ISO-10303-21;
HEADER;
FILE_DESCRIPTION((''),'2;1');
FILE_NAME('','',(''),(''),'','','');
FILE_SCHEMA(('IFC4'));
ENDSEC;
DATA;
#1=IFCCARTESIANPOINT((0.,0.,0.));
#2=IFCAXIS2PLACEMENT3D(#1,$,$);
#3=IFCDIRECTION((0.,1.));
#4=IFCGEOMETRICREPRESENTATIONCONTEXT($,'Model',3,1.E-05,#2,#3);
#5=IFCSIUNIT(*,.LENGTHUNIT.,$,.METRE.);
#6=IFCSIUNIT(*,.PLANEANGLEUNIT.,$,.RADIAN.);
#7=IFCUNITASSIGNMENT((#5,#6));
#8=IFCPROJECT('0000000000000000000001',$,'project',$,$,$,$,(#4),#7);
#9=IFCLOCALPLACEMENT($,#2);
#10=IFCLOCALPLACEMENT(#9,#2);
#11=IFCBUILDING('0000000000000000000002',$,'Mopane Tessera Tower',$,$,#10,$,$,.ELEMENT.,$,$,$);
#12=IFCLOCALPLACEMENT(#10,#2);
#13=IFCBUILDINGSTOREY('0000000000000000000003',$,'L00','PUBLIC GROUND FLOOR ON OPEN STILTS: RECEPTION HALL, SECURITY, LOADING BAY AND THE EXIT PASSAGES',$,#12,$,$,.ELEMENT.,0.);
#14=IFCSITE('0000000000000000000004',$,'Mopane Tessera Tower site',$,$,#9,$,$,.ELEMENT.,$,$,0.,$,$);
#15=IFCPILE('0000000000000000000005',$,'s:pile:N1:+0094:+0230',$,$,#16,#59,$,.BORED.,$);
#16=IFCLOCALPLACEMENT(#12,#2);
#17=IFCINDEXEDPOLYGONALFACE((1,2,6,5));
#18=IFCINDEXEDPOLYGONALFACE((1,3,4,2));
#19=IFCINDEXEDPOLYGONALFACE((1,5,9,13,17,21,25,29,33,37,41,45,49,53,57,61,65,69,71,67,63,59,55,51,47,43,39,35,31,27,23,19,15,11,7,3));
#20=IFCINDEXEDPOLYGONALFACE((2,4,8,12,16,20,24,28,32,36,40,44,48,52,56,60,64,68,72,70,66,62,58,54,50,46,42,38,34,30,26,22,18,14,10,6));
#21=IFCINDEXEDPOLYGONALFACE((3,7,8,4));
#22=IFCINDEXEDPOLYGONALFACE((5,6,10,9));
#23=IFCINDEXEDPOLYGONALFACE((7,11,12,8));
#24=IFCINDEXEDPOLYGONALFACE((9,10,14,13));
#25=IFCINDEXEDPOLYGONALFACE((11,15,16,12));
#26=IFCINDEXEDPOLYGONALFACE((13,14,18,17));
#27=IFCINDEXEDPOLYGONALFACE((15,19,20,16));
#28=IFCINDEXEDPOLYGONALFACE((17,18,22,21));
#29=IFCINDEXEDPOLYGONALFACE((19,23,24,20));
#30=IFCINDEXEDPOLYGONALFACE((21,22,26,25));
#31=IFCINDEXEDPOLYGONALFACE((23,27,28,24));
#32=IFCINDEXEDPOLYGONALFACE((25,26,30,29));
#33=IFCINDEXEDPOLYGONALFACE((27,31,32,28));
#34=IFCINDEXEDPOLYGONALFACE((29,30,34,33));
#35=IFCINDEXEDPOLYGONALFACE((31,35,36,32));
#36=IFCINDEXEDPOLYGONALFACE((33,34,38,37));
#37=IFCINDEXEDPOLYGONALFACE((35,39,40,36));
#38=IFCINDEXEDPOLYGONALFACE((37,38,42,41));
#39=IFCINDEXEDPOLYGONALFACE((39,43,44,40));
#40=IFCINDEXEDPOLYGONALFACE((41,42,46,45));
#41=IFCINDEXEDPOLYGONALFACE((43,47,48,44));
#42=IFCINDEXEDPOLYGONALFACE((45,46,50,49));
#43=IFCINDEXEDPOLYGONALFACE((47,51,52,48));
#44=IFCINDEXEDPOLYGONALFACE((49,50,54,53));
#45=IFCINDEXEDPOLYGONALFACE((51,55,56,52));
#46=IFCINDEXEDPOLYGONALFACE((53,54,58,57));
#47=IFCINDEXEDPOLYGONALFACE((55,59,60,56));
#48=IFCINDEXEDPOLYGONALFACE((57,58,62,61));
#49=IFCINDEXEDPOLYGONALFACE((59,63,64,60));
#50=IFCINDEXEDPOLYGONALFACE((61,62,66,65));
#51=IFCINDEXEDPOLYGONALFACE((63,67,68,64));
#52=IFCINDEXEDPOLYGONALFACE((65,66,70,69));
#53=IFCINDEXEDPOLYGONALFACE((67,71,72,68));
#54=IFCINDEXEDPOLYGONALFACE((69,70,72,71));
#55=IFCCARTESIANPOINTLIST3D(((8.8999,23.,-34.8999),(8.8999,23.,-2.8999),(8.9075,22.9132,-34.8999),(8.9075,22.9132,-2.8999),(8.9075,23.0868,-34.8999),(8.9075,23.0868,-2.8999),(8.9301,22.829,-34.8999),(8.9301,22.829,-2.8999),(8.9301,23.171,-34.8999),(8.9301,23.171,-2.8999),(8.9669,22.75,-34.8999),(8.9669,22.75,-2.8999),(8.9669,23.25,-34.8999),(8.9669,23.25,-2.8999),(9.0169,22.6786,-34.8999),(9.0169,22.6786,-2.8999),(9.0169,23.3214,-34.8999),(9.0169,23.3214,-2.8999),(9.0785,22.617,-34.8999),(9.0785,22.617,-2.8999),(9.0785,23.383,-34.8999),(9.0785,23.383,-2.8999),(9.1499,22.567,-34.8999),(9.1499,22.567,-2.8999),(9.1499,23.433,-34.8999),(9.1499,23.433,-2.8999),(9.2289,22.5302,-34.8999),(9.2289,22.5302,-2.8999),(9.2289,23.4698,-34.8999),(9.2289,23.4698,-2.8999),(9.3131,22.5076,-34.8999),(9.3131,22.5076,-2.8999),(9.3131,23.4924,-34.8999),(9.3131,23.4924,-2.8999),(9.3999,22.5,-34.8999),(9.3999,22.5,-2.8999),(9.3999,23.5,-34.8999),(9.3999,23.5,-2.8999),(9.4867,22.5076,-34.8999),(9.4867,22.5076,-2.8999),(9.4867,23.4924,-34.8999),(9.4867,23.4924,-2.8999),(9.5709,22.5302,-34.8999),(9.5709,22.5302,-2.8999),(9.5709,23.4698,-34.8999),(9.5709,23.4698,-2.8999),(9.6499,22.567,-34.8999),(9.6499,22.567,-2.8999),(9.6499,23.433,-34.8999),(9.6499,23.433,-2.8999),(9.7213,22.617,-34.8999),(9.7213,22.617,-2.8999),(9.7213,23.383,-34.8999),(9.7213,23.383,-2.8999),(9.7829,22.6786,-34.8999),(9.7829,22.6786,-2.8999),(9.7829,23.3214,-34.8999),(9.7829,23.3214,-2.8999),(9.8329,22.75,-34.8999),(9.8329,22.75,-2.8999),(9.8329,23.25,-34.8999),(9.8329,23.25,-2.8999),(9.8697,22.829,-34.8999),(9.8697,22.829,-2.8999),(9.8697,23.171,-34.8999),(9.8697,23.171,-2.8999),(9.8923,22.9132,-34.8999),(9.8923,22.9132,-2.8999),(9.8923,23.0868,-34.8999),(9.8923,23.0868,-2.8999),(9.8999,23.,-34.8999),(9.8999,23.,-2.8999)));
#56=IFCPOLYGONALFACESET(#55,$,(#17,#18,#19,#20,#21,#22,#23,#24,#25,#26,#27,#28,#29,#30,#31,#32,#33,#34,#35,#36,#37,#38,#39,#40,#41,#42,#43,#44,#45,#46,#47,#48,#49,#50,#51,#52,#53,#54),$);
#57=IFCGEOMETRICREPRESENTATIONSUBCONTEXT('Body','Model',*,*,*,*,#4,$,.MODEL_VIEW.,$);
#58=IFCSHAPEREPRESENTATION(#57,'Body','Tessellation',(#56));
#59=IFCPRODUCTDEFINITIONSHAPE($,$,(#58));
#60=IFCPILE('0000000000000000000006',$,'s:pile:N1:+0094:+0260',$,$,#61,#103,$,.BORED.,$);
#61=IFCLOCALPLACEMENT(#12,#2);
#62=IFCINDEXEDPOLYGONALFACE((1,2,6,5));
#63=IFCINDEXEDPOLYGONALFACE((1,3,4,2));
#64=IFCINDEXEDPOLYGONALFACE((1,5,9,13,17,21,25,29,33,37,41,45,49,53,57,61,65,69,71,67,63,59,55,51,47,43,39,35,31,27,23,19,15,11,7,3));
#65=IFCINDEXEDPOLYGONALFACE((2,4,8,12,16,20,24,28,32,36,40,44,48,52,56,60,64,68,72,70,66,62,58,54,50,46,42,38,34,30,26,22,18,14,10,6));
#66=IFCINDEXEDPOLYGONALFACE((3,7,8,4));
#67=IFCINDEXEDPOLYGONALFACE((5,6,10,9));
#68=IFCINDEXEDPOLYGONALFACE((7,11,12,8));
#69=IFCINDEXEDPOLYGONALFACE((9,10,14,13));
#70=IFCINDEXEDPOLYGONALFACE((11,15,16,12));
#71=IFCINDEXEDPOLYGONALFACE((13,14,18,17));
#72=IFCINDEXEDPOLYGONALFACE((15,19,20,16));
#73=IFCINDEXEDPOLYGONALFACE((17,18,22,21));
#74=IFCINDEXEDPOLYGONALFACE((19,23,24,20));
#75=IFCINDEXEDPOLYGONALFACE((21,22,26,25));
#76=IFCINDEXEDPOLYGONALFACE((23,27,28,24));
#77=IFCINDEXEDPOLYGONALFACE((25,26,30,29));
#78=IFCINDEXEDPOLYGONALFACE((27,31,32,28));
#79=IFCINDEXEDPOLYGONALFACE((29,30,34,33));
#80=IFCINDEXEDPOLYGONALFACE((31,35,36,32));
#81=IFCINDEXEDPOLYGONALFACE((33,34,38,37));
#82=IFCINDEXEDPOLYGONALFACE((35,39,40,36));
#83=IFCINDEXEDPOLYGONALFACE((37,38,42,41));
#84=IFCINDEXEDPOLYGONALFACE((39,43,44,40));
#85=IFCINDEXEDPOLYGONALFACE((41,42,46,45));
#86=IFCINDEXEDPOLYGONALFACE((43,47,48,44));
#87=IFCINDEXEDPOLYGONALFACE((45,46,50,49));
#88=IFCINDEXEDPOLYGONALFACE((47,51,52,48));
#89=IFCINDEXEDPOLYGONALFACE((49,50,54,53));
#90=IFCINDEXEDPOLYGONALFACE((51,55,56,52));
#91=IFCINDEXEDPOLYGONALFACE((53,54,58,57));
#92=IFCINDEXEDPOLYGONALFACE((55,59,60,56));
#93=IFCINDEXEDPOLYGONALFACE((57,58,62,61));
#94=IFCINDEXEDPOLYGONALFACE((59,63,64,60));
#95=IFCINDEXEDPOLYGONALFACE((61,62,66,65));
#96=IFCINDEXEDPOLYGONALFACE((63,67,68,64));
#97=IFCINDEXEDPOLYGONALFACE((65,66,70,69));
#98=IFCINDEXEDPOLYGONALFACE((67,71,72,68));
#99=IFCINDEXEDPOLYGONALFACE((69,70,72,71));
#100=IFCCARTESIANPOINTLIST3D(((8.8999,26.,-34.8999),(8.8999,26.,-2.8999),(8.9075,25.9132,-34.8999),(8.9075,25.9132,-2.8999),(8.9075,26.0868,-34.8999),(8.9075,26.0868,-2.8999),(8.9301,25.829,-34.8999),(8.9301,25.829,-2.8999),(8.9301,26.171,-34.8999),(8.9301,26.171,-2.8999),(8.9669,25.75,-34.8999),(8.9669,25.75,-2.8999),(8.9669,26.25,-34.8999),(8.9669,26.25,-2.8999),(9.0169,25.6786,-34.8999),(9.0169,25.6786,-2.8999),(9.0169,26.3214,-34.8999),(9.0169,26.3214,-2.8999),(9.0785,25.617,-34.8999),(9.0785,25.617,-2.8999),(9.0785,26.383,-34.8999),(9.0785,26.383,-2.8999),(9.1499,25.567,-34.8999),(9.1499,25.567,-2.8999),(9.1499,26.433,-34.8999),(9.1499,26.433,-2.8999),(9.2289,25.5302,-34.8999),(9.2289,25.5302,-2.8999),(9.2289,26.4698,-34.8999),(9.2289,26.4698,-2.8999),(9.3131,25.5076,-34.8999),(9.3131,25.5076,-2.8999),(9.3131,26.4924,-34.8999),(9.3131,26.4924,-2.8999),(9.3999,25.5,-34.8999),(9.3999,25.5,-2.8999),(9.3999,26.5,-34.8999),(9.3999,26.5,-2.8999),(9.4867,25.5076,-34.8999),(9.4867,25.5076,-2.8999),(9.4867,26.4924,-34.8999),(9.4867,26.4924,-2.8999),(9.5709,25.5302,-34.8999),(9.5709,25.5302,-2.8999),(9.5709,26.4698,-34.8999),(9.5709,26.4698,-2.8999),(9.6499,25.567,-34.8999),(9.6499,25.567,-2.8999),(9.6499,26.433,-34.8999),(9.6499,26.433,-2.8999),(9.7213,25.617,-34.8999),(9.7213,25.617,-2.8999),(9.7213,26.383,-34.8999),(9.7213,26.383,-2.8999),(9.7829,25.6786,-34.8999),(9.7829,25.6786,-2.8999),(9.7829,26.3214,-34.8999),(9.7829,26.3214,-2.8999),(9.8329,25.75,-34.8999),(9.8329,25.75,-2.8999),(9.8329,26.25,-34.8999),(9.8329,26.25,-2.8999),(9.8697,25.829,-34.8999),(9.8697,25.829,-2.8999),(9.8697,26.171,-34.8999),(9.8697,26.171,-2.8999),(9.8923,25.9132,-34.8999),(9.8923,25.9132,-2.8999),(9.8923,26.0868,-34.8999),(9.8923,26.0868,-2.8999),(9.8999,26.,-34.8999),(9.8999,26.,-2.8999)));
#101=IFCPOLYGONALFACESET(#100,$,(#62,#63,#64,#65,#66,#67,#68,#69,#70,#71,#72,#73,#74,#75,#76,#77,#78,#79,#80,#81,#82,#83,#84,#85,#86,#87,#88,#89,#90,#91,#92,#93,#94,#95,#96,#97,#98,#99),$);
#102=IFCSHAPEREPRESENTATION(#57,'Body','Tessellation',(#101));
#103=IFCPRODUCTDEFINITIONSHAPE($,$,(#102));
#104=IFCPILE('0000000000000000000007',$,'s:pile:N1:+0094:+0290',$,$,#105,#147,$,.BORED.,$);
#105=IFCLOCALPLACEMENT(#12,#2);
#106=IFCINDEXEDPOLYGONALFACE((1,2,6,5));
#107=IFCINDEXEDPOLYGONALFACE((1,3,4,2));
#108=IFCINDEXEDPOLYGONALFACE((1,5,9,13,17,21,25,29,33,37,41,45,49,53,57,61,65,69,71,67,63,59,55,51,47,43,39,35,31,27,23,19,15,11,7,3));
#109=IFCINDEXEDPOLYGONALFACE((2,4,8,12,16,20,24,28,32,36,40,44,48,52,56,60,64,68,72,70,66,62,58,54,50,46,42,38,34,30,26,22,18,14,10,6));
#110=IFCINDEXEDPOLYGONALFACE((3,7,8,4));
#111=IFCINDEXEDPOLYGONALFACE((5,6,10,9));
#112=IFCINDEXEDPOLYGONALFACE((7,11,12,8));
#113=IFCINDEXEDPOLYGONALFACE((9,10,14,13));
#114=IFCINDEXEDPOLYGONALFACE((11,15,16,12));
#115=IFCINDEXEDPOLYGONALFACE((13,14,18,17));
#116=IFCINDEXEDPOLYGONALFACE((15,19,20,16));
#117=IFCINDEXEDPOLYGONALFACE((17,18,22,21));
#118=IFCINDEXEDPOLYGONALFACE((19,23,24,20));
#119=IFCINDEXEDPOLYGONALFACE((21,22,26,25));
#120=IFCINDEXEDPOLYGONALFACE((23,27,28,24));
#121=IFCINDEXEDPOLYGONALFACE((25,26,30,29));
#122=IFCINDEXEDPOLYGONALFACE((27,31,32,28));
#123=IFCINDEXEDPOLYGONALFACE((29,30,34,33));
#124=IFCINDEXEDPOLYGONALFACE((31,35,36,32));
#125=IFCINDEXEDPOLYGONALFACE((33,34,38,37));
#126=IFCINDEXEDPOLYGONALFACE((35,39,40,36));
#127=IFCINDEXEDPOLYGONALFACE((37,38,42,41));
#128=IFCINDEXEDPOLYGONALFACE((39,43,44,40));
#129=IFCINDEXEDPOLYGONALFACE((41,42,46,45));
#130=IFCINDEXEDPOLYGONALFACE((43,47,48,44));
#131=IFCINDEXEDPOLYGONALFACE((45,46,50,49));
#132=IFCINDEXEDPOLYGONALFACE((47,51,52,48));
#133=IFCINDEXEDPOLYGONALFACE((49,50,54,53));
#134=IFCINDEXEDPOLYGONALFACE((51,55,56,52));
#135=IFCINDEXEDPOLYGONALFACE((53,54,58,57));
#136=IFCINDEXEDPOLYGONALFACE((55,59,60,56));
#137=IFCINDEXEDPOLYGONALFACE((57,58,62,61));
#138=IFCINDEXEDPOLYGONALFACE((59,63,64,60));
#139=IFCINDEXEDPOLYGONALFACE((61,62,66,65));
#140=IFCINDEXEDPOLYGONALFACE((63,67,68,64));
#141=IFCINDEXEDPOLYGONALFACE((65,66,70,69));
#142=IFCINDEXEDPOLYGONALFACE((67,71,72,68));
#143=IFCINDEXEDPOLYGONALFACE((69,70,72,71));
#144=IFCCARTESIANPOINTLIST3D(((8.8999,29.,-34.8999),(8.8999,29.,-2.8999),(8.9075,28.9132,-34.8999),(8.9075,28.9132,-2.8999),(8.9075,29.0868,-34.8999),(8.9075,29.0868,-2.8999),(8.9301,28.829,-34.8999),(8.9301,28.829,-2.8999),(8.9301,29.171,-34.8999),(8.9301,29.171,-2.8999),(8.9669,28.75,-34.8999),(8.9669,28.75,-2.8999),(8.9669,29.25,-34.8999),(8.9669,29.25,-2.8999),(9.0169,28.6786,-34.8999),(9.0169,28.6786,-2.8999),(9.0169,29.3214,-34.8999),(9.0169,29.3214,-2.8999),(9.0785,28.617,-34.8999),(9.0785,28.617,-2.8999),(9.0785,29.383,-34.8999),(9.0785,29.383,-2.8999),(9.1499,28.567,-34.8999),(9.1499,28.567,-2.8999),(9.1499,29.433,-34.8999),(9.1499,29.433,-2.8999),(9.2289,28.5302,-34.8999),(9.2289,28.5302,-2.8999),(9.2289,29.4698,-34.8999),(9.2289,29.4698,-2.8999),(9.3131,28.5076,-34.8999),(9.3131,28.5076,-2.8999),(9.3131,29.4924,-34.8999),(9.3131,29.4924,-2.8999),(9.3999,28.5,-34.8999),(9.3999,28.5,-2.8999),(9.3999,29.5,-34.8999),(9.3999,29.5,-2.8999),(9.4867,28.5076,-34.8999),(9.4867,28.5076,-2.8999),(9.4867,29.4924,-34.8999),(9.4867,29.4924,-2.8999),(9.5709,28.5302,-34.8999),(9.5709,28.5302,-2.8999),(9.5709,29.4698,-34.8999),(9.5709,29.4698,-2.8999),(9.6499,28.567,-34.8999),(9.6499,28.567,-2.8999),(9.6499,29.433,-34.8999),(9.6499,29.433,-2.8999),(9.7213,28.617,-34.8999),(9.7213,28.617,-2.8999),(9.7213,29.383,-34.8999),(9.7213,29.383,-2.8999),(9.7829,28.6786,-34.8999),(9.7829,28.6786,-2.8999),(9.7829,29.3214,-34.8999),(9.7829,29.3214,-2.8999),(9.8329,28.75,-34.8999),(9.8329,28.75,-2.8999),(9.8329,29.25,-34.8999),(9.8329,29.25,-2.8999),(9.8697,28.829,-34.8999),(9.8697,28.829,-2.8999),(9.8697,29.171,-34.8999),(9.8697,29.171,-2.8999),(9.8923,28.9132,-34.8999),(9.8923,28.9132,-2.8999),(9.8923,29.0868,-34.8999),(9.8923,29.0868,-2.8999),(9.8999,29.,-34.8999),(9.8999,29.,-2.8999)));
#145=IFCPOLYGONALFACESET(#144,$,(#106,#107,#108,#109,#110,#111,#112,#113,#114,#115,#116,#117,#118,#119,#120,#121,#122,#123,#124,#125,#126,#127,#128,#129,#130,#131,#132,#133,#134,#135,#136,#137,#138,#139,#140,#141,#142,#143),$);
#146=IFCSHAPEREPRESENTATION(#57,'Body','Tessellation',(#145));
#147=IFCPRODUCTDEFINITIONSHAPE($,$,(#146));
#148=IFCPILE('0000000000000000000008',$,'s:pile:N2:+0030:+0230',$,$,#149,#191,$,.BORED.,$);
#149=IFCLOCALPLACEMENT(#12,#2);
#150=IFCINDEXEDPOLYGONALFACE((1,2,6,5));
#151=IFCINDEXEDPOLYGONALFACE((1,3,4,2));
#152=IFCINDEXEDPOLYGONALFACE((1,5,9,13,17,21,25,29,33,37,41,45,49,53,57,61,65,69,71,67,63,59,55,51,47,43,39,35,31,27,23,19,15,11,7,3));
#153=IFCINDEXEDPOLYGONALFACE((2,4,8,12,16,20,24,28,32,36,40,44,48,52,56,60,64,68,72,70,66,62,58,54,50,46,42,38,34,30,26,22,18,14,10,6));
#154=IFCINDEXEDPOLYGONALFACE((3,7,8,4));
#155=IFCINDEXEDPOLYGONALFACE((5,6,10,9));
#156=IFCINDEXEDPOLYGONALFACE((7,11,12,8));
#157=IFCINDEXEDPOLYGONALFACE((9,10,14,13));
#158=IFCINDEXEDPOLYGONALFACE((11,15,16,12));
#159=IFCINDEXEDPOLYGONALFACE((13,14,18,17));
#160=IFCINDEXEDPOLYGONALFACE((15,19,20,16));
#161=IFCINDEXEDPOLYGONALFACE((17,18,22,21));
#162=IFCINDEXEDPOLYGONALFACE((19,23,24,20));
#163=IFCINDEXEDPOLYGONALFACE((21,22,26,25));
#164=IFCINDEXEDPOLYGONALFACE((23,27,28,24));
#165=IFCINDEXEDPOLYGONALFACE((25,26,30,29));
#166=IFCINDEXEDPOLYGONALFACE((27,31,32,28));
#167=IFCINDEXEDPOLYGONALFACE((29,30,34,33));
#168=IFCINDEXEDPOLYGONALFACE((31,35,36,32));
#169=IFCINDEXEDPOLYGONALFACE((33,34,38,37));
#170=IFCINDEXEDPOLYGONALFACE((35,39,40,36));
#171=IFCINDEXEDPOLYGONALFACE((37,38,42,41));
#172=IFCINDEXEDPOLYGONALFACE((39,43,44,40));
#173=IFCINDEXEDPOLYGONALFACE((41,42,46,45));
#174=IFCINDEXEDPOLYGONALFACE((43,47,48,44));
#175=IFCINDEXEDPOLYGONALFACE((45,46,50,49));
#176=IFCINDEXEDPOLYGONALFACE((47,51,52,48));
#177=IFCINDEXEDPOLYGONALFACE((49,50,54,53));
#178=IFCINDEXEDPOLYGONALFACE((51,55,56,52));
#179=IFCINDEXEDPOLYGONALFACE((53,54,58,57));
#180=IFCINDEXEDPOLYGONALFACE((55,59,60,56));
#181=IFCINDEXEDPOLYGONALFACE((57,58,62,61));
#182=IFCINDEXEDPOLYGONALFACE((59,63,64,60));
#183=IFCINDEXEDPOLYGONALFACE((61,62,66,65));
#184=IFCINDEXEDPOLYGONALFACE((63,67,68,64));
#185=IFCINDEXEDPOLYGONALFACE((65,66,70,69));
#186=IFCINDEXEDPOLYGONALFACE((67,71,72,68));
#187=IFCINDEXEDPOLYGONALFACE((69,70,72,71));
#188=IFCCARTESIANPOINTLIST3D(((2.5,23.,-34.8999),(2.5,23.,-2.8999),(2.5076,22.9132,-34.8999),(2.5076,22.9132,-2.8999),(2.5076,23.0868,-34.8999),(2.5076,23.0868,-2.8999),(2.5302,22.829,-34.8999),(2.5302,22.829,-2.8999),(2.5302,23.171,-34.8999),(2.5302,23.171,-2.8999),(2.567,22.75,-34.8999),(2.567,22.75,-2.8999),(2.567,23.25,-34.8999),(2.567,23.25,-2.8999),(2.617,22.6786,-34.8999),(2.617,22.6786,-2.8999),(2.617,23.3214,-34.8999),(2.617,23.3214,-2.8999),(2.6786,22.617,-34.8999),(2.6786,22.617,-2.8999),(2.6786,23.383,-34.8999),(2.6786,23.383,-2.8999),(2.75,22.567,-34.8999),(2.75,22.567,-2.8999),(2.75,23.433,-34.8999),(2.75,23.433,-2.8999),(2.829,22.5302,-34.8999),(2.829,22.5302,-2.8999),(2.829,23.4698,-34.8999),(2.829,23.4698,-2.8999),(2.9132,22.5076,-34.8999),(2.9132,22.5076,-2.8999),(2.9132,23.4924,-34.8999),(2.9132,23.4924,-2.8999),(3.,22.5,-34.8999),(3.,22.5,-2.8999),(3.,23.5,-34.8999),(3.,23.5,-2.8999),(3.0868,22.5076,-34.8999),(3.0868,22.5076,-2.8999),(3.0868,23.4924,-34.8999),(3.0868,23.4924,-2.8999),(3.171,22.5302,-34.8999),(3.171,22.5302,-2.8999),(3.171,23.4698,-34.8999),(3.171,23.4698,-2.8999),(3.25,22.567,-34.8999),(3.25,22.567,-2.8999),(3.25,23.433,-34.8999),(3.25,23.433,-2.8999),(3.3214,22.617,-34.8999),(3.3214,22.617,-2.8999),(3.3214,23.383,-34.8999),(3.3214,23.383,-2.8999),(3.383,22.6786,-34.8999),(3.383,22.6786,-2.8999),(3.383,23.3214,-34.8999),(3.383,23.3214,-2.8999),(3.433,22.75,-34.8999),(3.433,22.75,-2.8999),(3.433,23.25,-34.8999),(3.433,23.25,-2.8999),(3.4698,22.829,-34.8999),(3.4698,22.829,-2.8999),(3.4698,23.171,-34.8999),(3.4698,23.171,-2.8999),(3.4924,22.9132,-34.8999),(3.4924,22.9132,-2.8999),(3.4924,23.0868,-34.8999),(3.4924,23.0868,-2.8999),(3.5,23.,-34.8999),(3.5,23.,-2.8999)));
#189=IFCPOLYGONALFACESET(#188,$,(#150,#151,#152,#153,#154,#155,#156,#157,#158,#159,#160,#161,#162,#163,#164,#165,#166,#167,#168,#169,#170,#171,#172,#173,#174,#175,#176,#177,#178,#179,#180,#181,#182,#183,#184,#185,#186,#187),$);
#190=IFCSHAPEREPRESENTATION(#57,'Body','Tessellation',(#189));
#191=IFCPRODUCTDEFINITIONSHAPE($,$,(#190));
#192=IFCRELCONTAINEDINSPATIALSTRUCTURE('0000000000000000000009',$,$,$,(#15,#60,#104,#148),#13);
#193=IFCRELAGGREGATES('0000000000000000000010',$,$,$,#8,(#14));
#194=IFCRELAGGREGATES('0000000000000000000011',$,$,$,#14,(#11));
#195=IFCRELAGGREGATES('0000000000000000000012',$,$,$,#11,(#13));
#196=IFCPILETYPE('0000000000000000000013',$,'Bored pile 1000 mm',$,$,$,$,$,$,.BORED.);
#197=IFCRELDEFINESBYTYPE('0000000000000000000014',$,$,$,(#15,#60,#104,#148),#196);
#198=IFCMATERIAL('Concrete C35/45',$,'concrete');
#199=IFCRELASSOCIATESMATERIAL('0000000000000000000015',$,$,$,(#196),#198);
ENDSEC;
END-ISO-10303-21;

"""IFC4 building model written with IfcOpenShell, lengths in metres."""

from ifc_helpers import new_model, si_unit, direction, frame, origin, origin_2d, place, context, subcontext, project, spatial, circle, extrude, material, material_profile, profile_set, type_object, element, save


model = new_model("IFC4")

# Units and contexts
model_context = context("Model", 3, precision=1e-05, world=origin(), true_north=direction((0.0, 1.0)))
body_context = subcontext(model_context, "Body", "Model", "MODEL_VIEW")
ifc_project = project(units=[si_unit("LENGTHUNIT", "METRE"), si_unit("PLANEANGLEUNIT", "RADIAN")], contexts=[model_context])

# Site, building, storey
site_placement = place(None, origin())
site = spatial("IfcSite", under=ifc_project, at=site_placement, Name="Mopane Tessera Tower site", CompositionType="ELEMENT", RefElevation=0.0)
building_placement = place(site_placement, origin())
building = spatial("IfcBuilding", under=site, at=building_placement, Name="Mopane Tessera Tower", CompositionType="ELEMENT")
storey_placement = place(building_placement, origin())
storey = spatial("IfcBuildingStorey", under=building, at=storey_placement, Name="L00", Description="PUBLIC GROUND FLOOR ON OPEN STILTS: RECEPTION HALL, SECURITY, LOADING BAY AND THE EXIT PASSAGES", CompositionType="ELEMENT", Elevation=0.0)

# Piles
ifc_material_1 = material(Name="Concrete C35/45", Category="concrete")
ifc_material_profile_1 = material_profile(ifc_material_1, circle(Radius=0.5, at=origin_2d()))
ifc_profile_set_1 = profile_set([ifc_material_profile_1], Name="Concrete C35/45")
pile_type_1 = type_object("IfcPileType", Name="Bored pile 1000 mm", PredefinedType="BORED", material=ifc_profile_set_1)
for number, where, z_axis, x_axis, name in (
    (1, (9.3999, 23.0, -2.8999), (0.0, 0.0, -1.0), (1.0, 0.0, 0.0), "s:pile:N1:+0094:+0230"),
    (2, (9.3999, 26.0, -2.8999), (0.0, 0.0, -1.0), (1.0, 0.0, 0.0), "s:pile:N1:+0094:+0260"),
    (3, (9.3999, 29.0, -2.8999), (0.0, 0.0, -1.0), (1.0, 0.0, 0.0), "s:pile:N1:+0094:+0290"),
    (4, (3.0, 23.0, -2.8999), (0.0, 0.0, -1.0), (1.0, 0.0, 0.0), "s:pile:N2:+0030:+0230"),
):
    element("IfcPile", number, at=place(storey_placement, frame(where, z_axis=z_axis, x_axis=x_axis)), inside=storey, type_object=pile_type_1, Name=name, PredefinedType="BORED", context=body_context, shape_type="SweptSolid", body=[
        extrude(circle(Radius=0.5, at=origin_2d()), origin(), (0.0, 0.0, 1.0), 32.0),
    ])

save(model, "model.ifc")
